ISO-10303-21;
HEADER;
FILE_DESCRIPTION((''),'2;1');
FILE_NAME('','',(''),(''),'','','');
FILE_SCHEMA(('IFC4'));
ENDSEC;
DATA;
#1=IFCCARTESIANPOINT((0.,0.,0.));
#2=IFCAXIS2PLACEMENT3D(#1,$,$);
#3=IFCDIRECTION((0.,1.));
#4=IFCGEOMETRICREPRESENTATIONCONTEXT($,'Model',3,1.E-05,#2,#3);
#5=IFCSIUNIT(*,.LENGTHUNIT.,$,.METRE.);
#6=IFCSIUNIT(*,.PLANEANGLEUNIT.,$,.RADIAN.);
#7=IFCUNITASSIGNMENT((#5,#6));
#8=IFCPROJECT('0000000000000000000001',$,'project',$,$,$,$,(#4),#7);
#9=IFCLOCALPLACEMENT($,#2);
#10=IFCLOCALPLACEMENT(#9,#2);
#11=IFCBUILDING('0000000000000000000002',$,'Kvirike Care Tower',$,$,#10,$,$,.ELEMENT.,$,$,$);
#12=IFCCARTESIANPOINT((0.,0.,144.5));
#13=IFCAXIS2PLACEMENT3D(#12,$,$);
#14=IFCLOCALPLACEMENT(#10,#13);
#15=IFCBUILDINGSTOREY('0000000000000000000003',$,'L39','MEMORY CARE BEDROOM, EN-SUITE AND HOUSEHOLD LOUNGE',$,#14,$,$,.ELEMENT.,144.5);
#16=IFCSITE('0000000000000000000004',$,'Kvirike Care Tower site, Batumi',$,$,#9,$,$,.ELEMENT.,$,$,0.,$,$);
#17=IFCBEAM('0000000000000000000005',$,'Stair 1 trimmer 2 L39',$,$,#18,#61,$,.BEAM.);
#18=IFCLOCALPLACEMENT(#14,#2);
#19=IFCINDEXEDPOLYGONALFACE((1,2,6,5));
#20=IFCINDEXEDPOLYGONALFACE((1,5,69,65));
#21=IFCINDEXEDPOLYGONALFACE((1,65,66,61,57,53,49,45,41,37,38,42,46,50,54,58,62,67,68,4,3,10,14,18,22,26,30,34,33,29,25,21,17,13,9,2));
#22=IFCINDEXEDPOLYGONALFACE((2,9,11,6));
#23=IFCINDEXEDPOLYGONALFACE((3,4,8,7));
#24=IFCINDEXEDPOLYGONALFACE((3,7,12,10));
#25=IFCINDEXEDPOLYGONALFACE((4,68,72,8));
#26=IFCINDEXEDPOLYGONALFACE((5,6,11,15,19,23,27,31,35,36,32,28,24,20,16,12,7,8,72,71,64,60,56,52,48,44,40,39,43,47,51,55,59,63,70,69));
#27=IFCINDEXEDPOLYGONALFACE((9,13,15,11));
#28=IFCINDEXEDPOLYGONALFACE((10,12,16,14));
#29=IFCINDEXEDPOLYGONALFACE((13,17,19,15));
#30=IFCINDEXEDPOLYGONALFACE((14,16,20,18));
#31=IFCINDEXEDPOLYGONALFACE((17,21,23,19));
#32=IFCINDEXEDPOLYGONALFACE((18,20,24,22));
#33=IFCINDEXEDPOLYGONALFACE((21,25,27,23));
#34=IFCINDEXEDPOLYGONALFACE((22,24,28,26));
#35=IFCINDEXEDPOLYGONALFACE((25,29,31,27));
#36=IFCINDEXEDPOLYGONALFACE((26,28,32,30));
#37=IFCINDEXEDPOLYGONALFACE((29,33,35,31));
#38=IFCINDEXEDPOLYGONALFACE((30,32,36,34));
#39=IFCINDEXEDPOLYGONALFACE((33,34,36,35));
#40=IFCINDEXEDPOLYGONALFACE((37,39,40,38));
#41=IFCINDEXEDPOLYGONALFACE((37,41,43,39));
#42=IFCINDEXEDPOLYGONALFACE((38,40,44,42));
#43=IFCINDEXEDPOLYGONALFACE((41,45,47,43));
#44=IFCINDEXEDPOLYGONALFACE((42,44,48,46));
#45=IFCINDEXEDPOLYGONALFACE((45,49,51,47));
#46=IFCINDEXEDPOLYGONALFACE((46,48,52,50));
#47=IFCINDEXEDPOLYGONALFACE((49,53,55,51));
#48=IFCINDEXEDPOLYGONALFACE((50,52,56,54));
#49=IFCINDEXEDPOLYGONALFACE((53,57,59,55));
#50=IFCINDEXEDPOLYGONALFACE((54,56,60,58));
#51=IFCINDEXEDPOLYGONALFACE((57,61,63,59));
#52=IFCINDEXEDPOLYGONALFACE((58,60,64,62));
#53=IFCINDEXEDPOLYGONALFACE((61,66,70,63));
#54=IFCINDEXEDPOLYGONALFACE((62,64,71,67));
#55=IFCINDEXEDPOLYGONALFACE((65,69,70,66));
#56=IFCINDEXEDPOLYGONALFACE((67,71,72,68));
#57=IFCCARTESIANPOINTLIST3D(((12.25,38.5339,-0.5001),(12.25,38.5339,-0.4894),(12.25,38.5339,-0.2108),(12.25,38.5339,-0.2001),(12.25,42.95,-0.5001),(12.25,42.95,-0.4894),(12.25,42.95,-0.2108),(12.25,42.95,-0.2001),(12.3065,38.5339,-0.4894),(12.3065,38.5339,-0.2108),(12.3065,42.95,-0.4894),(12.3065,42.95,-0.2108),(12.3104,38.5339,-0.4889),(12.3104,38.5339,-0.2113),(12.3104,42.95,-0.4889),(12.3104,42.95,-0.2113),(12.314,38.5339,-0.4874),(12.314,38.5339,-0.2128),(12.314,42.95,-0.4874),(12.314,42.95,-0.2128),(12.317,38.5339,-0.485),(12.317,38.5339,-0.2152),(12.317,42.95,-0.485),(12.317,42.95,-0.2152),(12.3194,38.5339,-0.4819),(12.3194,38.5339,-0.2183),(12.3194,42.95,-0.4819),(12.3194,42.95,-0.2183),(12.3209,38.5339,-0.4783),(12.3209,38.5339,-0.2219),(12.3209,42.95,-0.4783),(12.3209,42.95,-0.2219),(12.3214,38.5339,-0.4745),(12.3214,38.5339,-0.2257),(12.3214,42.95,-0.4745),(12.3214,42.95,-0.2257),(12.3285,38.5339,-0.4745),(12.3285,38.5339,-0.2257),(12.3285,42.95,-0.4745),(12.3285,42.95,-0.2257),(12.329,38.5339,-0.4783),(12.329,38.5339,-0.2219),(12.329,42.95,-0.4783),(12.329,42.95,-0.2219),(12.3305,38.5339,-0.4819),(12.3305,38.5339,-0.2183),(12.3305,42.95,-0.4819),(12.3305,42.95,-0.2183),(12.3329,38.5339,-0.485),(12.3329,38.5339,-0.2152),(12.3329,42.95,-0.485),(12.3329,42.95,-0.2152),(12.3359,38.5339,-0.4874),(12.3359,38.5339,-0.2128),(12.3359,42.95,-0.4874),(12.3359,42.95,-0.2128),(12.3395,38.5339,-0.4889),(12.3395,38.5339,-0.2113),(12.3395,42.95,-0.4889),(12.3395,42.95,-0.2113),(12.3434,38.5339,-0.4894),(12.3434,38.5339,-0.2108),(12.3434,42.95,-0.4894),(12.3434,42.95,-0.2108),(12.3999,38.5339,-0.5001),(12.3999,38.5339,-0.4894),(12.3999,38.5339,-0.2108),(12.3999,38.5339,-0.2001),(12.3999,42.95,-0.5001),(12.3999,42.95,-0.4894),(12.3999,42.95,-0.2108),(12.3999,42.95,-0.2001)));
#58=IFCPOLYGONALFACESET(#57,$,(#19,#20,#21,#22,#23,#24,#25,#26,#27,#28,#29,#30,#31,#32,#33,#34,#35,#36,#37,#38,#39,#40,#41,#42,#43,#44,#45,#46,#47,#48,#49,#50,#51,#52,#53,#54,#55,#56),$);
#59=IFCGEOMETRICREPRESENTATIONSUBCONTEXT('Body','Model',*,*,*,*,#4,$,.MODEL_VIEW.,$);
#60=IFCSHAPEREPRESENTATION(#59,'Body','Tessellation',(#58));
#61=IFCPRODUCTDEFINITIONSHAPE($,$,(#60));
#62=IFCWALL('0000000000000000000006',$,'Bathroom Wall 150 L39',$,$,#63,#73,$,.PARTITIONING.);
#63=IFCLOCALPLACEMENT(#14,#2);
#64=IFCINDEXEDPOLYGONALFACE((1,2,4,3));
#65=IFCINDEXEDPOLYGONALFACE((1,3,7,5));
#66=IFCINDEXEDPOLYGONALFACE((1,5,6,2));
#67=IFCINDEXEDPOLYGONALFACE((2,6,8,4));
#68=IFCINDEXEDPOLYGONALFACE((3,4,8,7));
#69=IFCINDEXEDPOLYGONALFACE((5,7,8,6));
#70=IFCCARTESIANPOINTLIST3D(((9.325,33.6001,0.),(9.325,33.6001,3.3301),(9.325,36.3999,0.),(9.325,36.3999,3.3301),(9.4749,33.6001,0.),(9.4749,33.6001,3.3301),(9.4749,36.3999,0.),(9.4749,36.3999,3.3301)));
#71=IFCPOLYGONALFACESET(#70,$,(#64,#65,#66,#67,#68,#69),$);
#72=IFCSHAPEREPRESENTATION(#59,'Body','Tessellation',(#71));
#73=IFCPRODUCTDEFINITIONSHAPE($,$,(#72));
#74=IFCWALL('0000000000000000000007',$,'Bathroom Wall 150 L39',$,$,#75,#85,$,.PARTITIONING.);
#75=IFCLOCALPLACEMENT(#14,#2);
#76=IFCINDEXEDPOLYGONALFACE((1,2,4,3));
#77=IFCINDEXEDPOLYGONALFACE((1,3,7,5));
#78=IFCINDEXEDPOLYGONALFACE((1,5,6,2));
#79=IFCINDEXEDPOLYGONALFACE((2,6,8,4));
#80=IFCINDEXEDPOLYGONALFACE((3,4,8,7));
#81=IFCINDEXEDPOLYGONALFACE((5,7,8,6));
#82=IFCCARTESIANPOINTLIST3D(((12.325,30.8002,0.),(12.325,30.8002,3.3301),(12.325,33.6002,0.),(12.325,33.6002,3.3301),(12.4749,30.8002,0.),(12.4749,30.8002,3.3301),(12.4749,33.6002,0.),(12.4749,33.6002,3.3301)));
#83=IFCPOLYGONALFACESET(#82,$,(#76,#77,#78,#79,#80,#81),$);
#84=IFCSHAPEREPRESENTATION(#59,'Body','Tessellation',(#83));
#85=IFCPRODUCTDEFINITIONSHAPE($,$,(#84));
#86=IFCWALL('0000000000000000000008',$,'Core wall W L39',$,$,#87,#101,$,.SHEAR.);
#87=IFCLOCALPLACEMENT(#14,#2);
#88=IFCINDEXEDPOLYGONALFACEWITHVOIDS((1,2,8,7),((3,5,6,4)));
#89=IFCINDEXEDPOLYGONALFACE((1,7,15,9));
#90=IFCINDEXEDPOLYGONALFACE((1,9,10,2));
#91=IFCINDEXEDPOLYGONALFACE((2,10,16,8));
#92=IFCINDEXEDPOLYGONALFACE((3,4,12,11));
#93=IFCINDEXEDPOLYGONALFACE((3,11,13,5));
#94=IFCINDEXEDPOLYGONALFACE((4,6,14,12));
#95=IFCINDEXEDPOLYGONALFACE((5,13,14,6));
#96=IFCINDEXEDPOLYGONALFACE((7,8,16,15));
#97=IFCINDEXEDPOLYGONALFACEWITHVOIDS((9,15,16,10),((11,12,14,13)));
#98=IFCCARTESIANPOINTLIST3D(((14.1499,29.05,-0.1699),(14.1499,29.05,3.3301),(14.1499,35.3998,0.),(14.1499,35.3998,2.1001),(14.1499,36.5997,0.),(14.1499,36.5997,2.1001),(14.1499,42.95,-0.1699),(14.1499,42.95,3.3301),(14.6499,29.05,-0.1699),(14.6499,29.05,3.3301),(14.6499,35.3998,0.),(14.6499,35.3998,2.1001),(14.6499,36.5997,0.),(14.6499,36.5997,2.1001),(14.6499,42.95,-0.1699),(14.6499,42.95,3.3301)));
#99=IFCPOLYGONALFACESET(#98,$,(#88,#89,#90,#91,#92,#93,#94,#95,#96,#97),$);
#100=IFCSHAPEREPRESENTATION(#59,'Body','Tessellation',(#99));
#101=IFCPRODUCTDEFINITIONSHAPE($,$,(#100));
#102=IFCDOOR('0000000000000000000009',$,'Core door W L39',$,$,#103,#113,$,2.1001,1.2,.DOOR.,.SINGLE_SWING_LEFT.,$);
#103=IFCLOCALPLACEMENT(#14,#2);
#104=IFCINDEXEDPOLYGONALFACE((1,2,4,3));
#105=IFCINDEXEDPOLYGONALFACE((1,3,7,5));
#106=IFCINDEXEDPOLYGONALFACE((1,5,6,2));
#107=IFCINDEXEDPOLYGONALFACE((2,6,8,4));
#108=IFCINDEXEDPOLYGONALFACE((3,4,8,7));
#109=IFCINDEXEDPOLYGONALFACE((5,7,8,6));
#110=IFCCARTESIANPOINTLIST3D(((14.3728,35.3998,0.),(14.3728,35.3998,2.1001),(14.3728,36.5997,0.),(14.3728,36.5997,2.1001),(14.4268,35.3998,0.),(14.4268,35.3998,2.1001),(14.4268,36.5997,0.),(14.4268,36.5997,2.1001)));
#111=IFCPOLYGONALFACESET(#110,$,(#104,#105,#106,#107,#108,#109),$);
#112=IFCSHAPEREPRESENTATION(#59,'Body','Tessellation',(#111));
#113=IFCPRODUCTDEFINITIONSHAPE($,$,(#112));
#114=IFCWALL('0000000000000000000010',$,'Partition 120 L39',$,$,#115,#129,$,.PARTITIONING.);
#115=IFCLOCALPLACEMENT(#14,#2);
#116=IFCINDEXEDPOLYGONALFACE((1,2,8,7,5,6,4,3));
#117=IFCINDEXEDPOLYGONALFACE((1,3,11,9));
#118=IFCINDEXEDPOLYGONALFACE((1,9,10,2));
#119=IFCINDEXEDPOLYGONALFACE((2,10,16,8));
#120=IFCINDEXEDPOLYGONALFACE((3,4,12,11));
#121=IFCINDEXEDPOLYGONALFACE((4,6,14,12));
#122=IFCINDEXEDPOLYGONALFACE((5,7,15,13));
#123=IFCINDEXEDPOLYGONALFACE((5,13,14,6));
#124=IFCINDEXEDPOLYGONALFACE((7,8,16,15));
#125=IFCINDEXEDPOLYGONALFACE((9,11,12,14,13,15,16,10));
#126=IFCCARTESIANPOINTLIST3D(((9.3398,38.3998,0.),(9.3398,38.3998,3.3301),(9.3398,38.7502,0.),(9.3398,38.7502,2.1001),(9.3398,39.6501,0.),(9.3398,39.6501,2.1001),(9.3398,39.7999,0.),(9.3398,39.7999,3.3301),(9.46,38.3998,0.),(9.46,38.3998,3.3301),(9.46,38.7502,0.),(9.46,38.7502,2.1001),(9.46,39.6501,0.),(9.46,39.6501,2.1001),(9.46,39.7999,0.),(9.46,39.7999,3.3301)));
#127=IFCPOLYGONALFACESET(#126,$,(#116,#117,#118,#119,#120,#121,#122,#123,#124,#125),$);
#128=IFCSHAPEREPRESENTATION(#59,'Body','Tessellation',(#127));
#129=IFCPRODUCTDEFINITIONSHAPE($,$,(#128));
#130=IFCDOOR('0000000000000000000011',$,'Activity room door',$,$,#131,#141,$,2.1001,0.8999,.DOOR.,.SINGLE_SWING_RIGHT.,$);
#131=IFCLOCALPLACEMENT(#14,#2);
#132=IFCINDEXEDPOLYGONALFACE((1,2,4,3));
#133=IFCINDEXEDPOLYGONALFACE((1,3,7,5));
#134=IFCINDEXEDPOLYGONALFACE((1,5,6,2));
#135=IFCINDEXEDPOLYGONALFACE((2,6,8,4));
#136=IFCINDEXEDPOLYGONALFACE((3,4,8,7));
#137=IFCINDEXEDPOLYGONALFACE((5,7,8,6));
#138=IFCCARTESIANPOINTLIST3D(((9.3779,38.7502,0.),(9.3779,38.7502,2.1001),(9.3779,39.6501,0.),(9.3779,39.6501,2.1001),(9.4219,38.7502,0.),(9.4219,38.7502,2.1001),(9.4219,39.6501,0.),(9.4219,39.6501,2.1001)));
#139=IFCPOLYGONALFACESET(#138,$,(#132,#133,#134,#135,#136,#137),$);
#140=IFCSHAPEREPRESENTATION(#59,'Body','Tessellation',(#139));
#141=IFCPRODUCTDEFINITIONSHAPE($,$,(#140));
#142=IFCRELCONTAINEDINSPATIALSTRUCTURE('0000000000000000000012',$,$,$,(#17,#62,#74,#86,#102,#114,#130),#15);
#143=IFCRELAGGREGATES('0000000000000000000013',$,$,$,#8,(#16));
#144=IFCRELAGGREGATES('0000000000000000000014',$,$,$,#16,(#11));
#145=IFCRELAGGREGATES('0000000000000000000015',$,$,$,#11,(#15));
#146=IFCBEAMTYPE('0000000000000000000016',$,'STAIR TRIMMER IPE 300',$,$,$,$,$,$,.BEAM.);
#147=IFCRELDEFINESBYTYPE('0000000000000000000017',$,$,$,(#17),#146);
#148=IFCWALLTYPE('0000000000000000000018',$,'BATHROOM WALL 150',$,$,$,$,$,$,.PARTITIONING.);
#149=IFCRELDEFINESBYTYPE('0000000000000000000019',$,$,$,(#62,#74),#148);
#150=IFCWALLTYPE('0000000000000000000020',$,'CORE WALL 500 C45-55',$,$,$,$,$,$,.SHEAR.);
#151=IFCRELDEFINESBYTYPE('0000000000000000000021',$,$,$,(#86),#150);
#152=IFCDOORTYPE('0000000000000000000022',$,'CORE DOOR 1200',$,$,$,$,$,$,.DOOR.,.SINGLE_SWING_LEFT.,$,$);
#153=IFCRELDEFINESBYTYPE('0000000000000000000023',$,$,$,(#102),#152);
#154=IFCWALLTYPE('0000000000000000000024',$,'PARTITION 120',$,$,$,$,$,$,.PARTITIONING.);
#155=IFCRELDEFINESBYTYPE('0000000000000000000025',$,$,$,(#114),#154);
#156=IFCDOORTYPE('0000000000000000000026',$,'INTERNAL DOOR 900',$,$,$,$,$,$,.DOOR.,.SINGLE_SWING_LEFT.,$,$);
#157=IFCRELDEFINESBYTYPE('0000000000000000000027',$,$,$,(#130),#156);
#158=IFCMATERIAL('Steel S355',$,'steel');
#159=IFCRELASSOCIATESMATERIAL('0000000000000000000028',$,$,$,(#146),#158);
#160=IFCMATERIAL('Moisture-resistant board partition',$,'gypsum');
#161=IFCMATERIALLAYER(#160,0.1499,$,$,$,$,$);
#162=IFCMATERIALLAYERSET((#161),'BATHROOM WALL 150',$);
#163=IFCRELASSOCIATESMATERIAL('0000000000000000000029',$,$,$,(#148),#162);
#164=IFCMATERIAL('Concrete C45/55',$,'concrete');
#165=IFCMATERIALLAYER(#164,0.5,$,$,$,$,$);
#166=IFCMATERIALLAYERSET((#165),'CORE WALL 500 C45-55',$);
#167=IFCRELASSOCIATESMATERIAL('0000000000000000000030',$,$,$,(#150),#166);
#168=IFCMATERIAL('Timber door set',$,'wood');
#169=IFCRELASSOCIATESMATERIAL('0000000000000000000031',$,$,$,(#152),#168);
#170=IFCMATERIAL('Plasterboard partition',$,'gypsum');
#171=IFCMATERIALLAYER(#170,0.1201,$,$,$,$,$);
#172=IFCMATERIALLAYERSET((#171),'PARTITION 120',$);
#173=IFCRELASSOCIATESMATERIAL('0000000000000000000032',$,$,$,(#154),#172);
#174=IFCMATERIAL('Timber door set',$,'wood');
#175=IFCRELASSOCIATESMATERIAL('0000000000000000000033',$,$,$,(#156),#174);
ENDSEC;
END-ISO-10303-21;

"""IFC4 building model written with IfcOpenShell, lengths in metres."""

from ifc_helpers import new_model, si_unit, direction, frame, frame_2d, origin, origin_2d, place, context, subcontext, project, spatial, rectangle, i_section, extrude, material, layer, layer_set, material_profile, profile_set, type_object, element, fill, save


model = new_model("IFC4")

# Units and contexts
model_context = context("Model", 3, precision=1e-05, world=origin(), true_north=direction((0.0, 1.0)))
body_context = subcontext(model_context, "Body", "Model", "MODEL_VIEW")
ifc_project = project(units=[si_unit("LENGTHUNIT", "METRE"), si_unit("PLANEANGLEUNIT", "RADIAN")], contexts=[model_context])

# Site, building, storey
site_placement = place(None, origin())
site = spatial("IfcSite", under=ifc_project, at=site_placement, Name="Kvirike Care Tower site, Batumi", CompositionType="ELEMENT", RefElevation=0.0)
building_placement = place(site_placement, origin())
building = spatial("IfcBuilding", under=site, at=building_placement, Name="Kvirike Care Tower", CompositionType="ELEMENT")
storey_placement = place(building_placement, frame((0.0, 0.0, 144.5)))
storey = spatial("IfcBuildingStorey", under=building, at=storey_placement, Name="L39", Description="MEMORY CARE BEDROOM, EN-SUITE AND HOUSEHOLD LOUNGE", CompositionType="ELEMENT", Elevation=144.5)

# Beam
ifc_material_1 = material(Name="Steel S355", Category="steel")
ifc_material_profile_1 = material_profile(ifc_material_1, i_section(OverallWidth=0.1499, OverallDepth=0.3, WebThickness=0.0071, FlangeThickness=0.0107, FilletRadius=0.0149, at=origin_2d()), Name="IPE 300")
ifc_profile_set_1 = profile_set([ifc_material_profile_1], Name="Steel S355")
beam_type_1 = type_object("IfcBeamType", Name="STAIR TRIMMER IPE 300", PredefinedType="BEAM", material=ifc_profile_set_1)
for number, where, z_axis, x_axis, name in (
    (1, (12.325, 42.95, -0.3501), (0.0, -1.0, 0.0), (1.0, 0.0, 0.0), "Stair 1 trimmer 2 L39"),
):
    element("IfcBeam", number, at=place(storey_placement, frame(where, z_axis=z_axis, x_axis=x_axis)), inside=storey, type_object=beam_type_1, Name=name, PredefinedType="BEAM", context=body_context, shape_type="SweptSolid", body=[
        extrude(i_section(OverallWidth=0.1499, OverallDepth=0.3, WebThickness=0.0071, FlangeThickness=0.0107, FilletRadius=0.0149, at=origin_2d()), origin(), (0.0, 0.0, 1.0), 4.416),
    ])

# Walls
ifc_material_2 = material(Name="Moisture-resistant board partition", Category="gypsum")
ifc_layer_1 = layer(ifc_material_2, 0.1499)
ifc_layer_set_1 = layer_set([ifc_layer_1], Name="BATHROOM WALL 150")
wall_type_1 = type_object("IfcWallType", Name="BATHROOM WALL 150", PredefinedType="PARTITIONING", material=ifc_layer_set_1)
wall_1_placement = place(storey_placement, frame((9.3999, 36.3999, 0.0), z_axis=(0.0, 0.0, 1.0), x_axis=(0.0, -1.0, 0.0)))
element("IfcWall", 2, at=wall_1_placement, inside=storey, type_object=wall_type_1, Name="Bathroom Wall 150 L39", PredefinedType="PARTITIONING", context=body_context, shape_type="SweptSolid", body=[
    extrude(rectangle(XDim=2.7998, YDim=0.1499, at=frame_2d((1.3999, 0.0))), origin(), (0.0, 0.0, 1.0), 3.3301),
])
wall_2_placement = place(storey_placement, frame((12.3999, 33.6001, 0.0), z_axis=(0.0, 0.0, 1.0), x_axis=(0.0, -1.0, 0.0)))
element("IfcWall", 3, at=wall_2_placement, inside=storey, type_object=wall_type_1, Name="Bathroom Wall 150 L39", PredefinedType="PARTITIONING", context=body_context, shape_type="SweptSolid", body=[
    extrude(rectangle(XDim=2.8, YDim=0.1499, at=frame_2d((1.3999, 0.0))), origin(), (0.0, 0.0, 1.0), 3.3301),
])

# Walls, openings, doors
ifc_material_3 = material(Name="Concrete C45/55", Category="concrete")
ifc_layer_2 = layer(ifc_material_3, 0.5)
ifc_layer_set_2 = layer_set([ifc_layer_2], Name="CORE WALL 500 C45-55")
wall_type_2 = type_object("IfcWallType", Name="CORE WALL 500 C45-55", PredefinedType="SHEAR", material=ifc_layer_set_2)
wall_3_placement = place(storey_placement, frame((14.3999, 42.95, -0.1699), z_axis=(0.0, 0.0, 1.0), x_axis=(0.0, -1.0, 0.0)))
wall_3 = element("IfcWall", 4, at=wall_3_placement, inside=storey, type_object=wall_type_2, Name="Core wall W L39", PredefinedType="SHEAR", context=body_context, shape_type="SweptSolid", body=[
    extrude(rectangle(XDim=13.8999, YDim=0.5, at=frame_2d((6.95, 0.0))), origin(), (0.0, 0.0, 1.0), 3.5),
])
opening_1_placement = place(wall_3_placement, frame((6.3501, 0.0, 0.1699)))
opening_1 = element("IfcOpeningElement", 5, at=opening_1_placement, cuts=wall_3, PredefinedType="OPENING", context=body_context, shape_type="SweptSolid", body=[
    extrude(rectangle(XDim=1.2, YDim=2.1001, at=frame_2d((0.6001, 1.05))), frame((0.0, 0.2605, 0.0), z_axis=(0.0, -1.0, 0.0), x_axis=(1.0, 0.0, 0.0)), (0.0, 0.0, 1.0), 0.521),
])
ifc_material_4 = material(Name="Timber door set", Category="wood")
door_type_1 = type_object("IfcDoorType", Name="CORE DOOR 1200", OperationType="SINGLE_SWING_LEFT", PredefinedType="DOOR", material=ifc_material_4)
door_1_placement = place(opening_1_placement, origin())
door_1 = element("IfcDoor", 6, at=door_1_placement, inside=storey, type_object=door_type_1, Name="Core door W L39", OperationType="SINGLE_SWING_LEFT", OverallHeight=2.1001, OverallWidth=1.2, PredefinedType="DOOR", context=body_context, shape_type="SweptSolid", body=[
    extrude(rectangle(XDim=1.2, YDim=2.1001, at=frame_2d((0.6001, 1.05))), frame((0.0, 0.0269, 0.0), z_axis=(0.0, -1.0, 0.0), x_axis=(1.0, 0.0, 0.0)), (0.0, 0.0, 1.0), 0.054),
])
fill(opening_1, door_1)
ifc_material_5 = material(Name="Plasterboard partition", Category="gypsum")
ifc_layer_3 = layer(ifc_material_5, 0.1201)
ifc_layer_set_3 = layer_set([ifc_layer_3], Name="PARTITION 120")
wall_type_3 = type_object("IfcWallType", Name="PARTITION 120", PredefinedType="PARTITIONING", material=ifc_layer_set_3)
wall_4_placement = place(storey_placement, frame((9.3999, 39.8, 0.0), z_axis=(0.0, 0.0, 1.0), x_axis=(0.0, -1.0, 0.0)))
wall_4 = element("IfcWall", 7, at=wall_4_placement, inside=storey, type_object=wall_type_3, Name="Partition 120 L39", PredefinedType="PARTITIONING", context=body_context, shape_type="SweptSolid", body=[
    extrude(rectangle(XDim=1.4001, YDim=0.1201, at=frame_2d((0.7002, 0.0))), origin(), (0.0, 0.0, 1.0), 3.3301),
])
opening_2_placement = place(wall_4_placement, frame((0.1499, 0.0, 0.0)))
opening_2 = element("IfcOpeningElement", 8, at=opening_2_placement, cuts=wall_4, PredefinedType="OPENING", context=body_context, shape_type="SweptSolid", body=[
    extrude(rectangle(XDim=0.8999, YDim=2.1001, at=frame_2d((0.45, 1.05))), frame((0.0, 0.0706, 0.0), z_axis=(0.0, -1.0, 0.0), x_axis=(1.0, 0.0, 0.0)), (0.0, 0.0, 1.0), 0.1411),
])
ifc_material_6 = material(Name="Timber door set", Category="wood")
door_type_2 = type_object("IfcDoorType", Name="INTERNAL DOOR 900", OperationType="SINGLE_SWING_LEFT", PredefinedType="DOOR", material=ifc_material_6)
door_2_placement = place(opening_2_placement, origin())
door_2 = element("IfcDoor", 9, at=door_2_placement, inside=storey, type_object=door_type_2, Name="Activity room door", OperationType="SINGLE_SWING_RIGHT", OverallHeight=2.1001, OverallWidth=0.8999, PredefinedType="DOOR", context=body_context, shape_type="SweptSolid", body=[
    extrude(rectangle(XDim=0.8999, YDim=2.1001, at=frame_2d((0.45, 1.05))), frame((0.0, 0.022, 0.0), z_axis=(0.0, -1.0, 0.0), x_axis=(1.0, 0.0, 0.0)), (0.0, 0.0, 1.0), 0.0439),
])
fill(opening_2, door_2)

save(model, "model.ifc")
